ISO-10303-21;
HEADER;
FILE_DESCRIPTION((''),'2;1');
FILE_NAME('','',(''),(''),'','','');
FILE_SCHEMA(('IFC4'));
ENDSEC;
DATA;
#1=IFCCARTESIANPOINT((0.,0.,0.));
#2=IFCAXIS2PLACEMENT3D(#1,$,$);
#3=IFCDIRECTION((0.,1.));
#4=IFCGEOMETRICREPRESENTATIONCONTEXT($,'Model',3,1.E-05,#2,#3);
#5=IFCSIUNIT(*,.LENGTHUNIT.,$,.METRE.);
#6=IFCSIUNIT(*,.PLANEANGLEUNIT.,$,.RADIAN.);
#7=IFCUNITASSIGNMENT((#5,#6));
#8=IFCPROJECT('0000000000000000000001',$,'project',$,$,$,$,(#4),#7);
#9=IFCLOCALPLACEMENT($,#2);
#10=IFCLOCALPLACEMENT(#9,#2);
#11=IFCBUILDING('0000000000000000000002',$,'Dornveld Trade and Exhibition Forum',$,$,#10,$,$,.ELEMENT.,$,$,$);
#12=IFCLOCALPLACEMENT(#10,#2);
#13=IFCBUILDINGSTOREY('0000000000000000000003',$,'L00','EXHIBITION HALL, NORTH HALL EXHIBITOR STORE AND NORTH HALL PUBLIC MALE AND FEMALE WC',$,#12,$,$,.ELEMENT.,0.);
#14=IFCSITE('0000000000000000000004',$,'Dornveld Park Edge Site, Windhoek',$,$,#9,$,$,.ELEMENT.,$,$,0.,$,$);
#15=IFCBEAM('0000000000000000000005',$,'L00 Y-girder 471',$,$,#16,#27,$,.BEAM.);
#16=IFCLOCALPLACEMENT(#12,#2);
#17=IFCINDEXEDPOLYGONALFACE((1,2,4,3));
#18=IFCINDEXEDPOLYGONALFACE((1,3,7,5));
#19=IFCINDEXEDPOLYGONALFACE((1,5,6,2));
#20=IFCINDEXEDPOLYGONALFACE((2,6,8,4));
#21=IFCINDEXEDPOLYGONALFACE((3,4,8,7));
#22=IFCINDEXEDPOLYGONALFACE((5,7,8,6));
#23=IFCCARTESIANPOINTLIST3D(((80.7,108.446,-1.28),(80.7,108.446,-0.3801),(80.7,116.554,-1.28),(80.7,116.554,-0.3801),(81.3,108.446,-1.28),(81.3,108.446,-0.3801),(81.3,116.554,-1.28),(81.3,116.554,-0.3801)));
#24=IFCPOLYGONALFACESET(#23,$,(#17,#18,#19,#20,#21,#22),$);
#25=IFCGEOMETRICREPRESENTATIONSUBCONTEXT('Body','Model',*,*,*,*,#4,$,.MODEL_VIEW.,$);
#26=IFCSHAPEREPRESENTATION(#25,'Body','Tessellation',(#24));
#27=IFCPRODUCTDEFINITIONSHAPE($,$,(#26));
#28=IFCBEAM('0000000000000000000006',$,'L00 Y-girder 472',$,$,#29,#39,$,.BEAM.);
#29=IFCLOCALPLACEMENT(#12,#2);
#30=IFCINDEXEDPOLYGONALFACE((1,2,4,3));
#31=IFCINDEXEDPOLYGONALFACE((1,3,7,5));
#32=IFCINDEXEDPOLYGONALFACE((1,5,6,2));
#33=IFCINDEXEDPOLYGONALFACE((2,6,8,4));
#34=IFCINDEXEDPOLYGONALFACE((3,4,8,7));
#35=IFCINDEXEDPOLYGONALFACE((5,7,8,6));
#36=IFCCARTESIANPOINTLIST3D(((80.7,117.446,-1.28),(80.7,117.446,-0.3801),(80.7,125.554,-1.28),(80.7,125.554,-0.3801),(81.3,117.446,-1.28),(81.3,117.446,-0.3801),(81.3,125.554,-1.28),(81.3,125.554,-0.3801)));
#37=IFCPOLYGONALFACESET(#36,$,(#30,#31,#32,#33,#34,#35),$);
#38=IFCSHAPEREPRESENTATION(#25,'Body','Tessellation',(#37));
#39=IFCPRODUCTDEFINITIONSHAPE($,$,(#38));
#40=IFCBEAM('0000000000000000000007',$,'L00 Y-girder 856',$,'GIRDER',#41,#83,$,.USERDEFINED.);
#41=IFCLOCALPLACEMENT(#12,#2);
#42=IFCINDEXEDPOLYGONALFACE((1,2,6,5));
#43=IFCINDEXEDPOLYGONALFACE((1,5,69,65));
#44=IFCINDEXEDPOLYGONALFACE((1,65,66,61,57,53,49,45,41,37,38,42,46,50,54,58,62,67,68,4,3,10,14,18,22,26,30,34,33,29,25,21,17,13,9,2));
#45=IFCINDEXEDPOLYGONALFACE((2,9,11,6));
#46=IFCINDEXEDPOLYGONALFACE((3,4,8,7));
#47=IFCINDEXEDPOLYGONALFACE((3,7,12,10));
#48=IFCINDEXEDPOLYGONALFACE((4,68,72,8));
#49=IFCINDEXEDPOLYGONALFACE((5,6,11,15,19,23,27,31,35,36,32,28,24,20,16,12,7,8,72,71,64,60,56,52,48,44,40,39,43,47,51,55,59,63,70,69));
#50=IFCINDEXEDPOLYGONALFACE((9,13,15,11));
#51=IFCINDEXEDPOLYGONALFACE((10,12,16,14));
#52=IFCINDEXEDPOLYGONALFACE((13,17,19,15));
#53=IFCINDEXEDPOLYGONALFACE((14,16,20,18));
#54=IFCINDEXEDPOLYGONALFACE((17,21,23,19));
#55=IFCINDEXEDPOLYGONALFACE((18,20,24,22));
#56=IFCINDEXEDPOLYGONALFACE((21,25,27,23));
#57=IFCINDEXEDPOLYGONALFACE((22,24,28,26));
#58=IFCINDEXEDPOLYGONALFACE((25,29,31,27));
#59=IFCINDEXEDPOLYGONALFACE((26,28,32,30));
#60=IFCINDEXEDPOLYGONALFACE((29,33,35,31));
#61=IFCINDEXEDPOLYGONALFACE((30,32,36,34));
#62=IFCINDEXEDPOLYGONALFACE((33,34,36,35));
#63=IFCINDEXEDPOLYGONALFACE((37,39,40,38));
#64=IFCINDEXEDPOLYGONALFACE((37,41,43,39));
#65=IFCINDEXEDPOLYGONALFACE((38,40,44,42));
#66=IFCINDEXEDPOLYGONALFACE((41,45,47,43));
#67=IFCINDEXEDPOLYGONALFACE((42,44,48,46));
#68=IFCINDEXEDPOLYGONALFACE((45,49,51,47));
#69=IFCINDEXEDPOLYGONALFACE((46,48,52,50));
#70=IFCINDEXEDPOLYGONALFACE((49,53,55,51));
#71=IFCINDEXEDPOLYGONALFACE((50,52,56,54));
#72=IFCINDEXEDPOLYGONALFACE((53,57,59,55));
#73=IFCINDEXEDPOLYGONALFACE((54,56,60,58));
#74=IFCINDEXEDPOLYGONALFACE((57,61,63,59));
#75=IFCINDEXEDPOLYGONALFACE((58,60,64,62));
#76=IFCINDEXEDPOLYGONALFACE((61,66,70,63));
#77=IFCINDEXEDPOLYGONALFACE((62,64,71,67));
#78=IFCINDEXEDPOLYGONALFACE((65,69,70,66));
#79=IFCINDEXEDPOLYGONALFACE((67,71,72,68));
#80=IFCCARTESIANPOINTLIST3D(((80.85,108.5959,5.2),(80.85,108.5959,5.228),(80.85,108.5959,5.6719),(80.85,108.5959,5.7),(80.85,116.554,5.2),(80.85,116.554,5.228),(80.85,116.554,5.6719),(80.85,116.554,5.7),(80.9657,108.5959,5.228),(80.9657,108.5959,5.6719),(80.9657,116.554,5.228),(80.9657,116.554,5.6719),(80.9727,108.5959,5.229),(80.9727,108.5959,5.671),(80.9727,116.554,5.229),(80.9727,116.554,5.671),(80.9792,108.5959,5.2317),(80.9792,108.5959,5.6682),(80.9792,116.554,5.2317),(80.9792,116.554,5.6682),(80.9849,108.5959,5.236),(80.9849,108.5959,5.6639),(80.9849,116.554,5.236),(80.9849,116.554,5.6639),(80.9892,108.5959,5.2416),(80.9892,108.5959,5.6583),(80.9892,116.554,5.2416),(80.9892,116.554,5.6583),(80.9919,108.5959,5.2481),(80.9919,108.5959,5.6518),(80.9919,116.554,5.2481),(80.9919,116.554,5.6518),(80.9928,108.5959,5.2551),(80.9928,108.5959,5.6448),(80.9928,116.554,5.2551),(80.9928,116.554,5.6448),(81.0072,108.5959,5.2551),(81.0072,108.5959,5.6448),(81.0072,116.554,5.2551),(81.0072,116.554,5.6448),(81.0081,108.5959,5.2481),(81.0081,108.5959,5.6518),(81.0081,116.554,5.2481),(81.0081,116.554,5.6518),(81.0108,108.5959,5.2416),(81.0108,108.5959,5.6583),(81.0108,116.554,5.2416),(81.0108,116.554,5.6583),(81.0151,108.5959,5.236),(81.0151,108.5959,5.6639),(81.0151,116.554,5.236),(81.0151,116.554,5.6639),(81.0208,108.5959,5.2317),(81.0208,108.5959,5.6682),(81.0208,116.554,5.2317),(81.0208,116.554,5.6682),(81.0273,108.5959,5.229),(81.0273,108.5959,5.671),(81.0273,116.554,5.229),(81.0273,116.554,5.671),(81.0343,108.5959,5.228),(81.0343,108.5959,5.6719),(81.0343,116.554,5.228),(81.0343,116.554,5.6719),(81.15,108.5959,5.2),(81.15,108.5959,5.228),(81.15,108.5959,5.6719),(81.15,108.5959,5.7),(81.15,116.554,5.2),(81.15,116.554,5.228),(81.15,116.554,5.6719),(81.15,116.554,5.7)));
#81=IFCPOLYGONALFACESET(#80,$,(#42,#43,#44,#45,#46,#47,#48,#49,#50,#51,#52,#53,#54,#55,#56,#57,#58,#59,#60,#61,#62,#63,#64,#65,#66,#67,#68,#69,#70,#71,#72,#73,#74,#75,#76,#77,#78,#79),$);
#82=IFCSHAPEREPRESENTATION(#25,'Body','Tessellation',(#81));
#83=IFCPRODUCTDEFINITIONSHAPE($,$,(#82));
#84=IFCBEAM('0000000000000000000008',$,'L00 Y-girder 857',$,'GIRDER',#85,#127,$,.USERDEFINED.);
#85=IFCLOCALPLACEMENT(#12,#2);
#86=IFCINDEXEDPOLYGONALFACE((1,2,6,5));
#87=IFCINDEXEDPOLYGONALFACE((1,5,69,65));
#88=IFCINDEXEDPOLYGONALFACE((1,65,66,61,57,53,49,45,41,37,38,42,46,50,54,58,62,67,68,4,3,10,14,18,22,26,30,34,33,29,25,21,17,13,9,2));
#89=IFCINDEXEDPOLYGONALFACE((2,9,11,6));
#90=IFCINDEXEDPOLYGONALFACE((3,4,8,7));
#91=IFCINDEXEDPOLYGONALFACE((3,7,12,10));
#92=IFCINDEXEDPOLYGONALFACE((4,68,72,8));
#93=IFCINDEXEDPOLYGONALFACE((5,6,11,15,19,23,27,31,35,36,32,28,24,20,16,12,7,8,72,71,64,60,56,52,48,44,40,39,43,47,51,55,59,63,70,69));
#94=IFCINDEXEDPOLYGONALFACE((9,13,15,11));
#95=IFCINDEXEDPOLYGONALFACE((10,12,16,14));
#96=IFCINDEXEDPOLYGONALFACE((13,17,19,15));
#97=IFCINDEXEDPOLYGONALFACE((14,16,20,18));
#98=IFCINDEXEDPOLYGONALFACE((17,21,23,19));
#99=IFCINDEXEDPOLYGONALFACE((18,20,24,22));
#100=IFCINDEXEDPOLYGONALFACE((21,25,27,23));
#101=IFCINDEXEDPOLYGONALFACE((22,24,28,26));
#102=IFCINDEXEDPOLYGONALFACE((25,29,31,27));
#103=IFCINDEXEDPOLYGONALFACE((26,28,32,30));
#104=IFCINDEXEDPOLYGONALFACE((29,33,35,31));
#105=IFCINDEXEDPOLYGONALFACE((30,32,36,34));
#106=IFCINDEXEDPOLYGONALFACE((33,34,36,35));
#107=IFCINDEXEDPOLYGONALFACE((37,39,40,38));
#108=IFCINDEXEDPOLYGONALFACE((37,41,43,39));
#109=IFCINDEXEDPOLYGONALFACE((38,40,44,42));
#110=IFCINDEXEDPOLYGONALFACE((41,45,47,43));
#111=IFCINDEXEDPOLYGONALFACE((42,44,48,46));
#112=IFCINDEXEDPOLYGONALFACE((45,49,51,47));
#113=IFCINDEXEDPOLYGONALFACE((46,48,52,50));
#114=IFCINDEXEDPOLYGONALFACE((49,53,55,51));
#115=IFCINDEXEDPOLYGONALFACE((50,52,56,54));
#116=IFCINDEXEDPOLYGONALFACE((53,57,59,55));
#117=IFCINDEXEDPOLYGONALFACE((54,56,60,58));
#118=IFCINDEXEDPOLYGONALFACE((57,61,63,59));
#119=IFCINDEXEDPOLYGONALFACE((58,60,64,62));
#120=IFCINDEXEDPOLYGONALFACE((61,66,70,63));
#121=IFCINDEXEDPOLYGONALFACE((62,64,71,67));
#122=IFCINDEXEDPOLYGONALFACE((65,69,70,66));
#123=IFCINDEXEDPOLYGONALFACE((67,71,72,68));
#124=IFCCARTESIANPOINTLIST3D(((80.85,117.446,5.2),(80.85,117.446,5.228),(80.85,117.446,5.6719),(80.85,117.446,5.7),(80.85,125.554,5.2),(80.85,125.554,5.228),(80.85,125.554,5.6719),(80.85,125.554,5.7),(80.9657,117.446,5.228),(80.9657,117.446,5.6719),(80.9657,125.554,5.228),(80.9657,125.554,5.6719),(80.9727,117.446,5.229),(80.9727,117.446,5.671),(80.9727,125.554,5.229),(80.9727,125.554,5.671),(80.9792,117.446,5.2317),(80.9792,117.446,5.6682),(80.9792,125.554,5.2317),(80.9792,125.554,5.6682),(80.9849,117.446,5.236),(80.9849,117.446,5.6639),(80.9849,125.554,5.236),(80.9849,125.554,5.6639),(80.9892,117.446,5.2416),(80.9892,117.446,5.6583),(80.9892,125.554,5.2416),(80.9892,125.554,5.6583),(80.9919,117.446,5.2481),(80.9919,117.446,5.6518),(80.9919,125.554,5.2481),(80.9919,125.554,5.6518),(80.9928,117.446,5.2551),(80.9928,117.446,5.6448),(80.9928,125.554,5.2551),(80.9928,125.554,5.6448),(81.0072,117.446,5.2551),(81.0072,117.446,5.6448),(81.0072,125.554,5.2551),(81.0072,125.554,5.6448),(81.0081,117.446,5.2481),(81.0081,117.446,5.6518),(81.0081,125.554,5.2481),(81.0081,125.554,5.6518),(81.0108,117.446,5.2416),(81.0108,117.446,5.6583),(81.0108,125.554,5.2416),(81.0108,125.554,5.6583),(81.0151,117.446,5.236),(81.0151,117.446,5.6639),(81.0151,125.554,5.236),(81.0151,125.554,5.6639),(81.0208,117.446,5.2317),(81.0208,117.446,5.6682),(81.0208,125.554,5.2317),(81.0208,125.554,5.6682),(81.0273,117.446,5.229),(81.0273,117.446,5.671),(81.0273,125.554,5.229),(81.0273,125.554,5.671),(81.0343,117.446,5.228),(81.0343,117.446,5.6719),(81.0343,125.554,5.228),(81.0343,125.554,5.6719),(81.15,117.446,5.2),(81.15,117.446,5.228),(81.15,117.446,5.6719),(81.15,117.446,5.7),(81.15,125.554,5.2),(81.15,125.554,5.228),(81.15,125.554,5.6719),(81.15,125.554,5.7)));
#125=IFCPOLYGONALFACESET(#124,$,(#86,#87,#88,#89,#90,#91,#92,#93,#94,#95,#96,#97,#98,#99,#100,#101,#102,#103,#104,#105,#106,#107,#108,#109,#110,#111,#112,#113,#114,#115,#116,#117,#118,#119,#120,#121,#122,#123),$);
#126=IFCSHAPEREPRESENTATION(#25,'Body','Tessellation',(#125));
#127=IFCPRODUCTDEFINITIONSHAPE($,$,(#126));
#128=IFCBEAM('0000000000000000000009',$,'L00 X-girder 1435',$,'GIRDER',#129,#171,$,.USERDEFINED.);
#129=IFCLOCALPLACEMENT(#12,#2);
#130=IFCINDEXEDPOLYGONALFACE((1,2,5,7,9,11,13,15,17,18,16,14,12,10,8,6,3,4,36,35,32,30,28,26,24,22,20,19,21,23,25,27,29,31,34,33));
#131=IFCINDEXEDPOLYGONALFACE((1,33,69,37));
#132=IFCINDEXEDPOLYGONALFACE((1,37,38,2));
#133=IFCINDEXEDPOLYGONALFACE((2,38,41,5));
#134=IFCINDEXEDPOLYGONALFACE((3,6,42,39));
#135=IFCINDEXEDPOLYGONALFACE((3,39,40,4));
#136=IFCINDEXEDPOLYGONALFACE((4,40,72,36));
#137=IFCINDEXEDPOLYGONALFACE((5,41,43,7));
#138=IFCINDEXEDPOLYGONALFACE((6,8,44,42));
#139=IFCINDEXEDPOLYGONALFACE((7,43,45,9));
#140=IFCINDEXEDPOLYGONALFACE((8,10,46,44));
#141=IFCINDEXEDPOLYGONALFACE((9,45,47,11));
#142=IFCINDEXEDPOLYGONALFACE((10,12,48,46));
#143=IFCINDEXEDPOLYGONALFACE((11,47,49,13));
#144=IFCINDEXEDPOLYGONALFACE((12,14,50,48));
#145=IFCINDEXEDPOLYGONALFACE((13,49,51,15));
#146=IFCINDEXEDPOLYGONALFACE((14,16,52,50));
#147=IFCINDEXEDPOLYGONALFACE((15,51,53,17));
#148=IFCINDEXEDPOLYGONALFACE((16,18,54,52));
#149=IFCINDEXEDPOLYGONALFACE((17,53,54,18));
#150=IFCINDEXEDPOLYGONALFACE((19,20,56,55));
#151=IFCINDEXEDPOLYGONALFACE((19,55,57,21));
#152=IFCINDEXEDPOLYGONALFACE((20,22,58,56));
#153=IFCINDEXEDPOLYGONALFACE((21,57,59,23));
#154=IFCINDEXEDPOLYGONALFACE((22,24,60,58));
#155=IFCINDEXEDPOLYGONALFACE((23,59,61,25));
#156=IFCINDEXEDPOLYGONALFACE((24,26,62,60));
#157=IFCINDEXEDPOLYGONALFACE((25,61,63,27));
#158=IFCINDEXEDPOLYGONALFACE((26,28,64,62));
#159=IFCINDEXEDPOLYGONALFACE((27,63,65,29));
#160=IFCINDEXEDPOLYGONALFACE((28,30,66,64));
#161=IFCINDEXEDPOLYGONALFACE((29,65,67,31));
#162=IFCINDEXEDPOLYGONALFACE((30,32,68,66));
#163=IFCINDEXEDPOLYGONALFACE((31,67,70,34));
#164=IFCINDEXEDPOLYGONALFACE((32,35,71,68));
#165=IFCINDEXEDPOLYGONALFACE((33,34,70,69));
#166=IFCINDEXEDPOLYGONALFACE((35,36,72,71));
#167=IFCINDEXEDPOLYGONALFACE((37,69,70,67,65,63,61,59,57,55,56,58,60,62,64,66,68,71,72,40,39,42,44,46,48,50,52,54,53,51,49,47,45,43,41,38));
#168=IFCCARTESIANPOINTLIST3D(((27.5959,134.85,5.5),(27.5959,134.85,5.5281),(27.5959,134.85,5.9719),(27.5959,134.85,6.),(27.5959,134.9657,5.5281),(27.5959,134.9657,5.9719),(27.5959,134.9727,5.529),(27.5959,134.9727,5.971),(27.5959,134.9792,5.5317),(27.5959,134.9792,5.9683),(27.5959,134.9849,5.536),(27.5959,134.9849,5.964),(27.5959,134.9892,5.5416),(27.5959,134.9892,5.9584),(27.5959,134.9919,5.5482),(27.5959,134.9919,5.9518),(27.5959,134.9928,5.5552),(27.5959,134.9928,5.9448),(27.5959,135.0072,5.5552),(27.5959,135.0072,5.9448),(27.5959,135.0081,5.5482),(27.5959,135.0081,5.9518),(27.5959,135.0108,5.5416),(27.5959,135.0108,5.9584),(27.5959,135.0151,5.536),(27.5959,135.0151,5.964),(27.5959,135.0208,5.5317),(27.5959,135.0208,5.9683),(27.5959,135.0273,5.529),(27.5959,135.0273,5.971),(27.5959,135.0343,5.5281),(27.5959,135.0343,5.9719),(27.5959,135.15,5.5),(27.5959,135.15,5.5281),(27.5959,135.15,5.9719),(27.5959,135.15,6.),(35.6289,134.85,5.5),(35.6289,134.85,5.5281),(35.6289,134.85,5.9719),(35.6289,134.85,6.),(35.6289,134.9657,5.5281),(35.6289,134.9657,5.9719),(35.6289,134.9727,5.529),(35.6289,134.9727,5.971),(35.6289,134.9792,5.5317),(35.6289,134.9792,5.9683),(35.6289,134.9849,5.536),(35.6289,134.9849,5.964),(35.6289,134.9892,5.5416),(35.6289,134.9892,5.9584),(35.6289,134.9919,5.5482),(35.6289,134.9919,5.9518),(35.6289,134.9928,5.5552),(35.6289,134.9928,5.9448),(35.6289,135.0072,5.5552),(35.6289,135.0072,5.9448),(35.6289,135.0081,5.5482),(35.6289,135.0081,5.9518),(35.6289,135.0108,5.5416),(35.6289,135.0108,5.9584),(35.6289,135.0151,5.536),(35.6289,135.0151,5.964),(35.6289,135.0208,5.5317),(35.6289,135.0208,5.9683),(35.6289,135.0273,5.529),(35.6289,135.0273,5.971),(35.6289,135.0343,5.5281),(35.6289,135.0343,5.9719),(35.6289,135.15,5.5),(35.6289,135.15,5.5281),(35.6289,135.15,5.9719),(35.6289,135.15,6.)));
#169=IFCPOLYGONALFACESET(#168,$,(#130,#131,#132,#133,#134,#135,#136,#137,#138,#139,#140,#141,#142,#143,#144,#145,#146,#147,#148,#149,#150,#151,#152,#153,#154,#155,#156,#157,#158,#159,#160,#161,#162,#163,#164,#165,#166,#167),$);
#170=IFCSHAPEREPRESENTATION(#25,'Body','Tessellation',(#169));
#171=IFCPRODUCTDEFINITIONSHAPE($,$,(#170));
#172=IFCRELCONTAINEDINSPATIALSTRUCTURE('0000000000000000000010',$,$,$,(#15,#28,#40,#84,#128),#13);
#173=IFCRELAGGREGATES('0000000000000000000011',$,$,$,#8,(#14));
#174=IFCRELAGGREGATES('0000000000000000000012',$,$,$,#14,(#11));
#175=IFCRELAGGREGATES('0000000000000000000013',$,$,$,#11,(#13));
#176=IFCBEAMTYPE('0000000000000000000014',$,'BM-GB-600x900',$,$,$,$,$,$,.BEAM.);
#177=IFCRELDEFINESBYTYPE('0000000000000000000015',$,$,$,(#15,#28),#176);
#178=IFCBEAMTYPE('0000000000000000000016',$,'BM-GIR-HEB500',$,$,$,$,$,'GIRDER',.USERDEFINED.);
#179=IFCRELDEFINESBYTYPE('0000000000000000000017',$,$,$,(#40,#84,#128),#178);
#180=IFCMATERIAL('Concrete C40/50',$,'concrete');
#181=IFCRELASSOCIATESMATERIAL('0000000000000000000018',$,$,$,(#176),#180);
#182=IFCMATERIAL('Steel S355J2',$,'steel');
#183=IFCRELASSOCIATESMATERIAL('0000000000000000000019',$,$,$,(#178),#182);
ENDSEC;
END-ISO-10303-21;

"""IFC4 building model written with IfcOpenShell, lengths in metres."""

from ifc_helpers import new_model, si_unit, direction, frame, origin, origin_2d, place, context, subcontext, project, spatial, rectangle, i_section, extrude, material, material_profile, profile_set, type_object, element, save


model = new_model("IFC4")

# Units and contexts
model_context = context("Model", 3, precision=1e-05, world=origin(), true_north=direction((0.0, 1.0)))
body_context = subcontext(model_context, "Body", "Model", "MODEL_VIEW")
ifc_project = project(units=[si_unit("LENGTHUNIT", "METRE"), si_unit("PLANEANGLEUNIT", "RADIAN")], contexts=[model_context])

# Site, building, storey
site_placement = place(None, origin())
site = spatial("IfcSite", under=ifc_project, at=site_placement, Name="Dornveld Park Edge Site, Windhoek", CompositionType="ELEMENT", RefElevation=0.0)
building_placement = place(site_placement, origin())
building = spatial("IfcBuilding", under=site, at=building_placement, Name="Dornveld Trade and Exhibition Forum", CompositionType="ELEMENT")
storey_placement = place(building_placement, origin())
storey = spatial("IfcBuildingStorey", under=building, at=storey_placement, Name="L00", Description="EXHIBITION HALL, NORTH HALL EXHIBITOR STORE AND NORTH HALL PUBLIC MALE AND FEMALE WC", CompositionType="ELEMENT", Elevation=0.0)

# Beams
ifc_material_1 = material(Name="Concrete C40/50", Category="concrete")
ifc_material_profile_1 = material_profile(ifc_material_1, rectangle(XDim=0.6001, YDim=0.8999, at=origin_2d()), Name="RC-GB 600x900")
ifc_profile_set_1 = profile_set([ifc_material_profile_1], Name="Concrete C40/50")
beam_type_1 = type_object("IfcBeamType", Name="BM-GB-600x900", PredefinedType="BEAM", material=ifc_profile_set_1)
for number, where, z_axis, x_axis, name in (
    (1, (81.0, 108.446, -0.8301), (0.0, 1.0, 0.0), (-1.0, 0.0, 0.0), "L00 Y-girder 471"),
    (2, (81.0, 117.446, -0.8301), (0.0, 1.0, 0.0), (-1.0, 0.0, 0.0), "L00 Y-girder 472"),
):
    element("IfcBeam", number, at=place(storey_placement, frame(where, z_axis=z_axis, x_axis=x_axis)), inside=storey, type_object=beam_type_1, Name=name, PredefinedType="BEAM", context=body_context, shape_type="SweptSolid", body=[
        extrude(rectangle(XDim=0.6001, YDim=0.8999, at=origin_2d()), origin(), (0.0, 0.0, 1.0), 8.1079),
    ])
ifc_material_2 = material(Name="Steel S355J2", Category="steel")
ifc_material_profile_2 = material_profile(ifc_material_2, i_section(OverallWidth=0.3, OverallDepth=0.5, WebThickness=0.0144, FlangeThickness=0.0281, FilletRadius=0.0271, at=origin_2d()), Name="HEB 500")
ifc_profile_set_2 = profile_set([ifc_material_profile_2], Name="Steel S355J2")
beam_type_2 = type_object("IfcBeamType", Name="BM-GIR-HEB500", ElementType="GIRDER", PredefinedType="USERDEFINED", material=ifc_profile_set_2)
beam_1_placement = place(storey_placement, frame((81.0, 108.5959, 5.45), z_axis=(0.0, 1.0, 0.0), x_axis=(-1.0, 0.0, 0.0)))
element("IfcBeam", 3, at=beam_1_placement, inside=storey, type_object=beam_type_2, Name="L00 Y-girder 856", ObjectType="GIRDER", PredefinedType="USERDEFINED", context=body_context, shape_type="SweptSolid", body=[
    extrude(i_section(OverallWidth=0.3, OverallDepth=0.5, WebThickness=0.0144, FlangeThickness=0.0281, FilletRadius=0.0271, at=origin_2d()), origin(), (0.0, 0.0, 1.0), 7.958),
])
beam_2_placement = place(storey_placement, frame((81.0, 117.446, 5.45), z_axis=(0.0, 1.0, 0.0), x_axis=(-1.0, 0.0, 0.0)))
element("IfcBeam", 4, at=beam_2_placement, inside=storey, type_object=beam_type_2, Name="L00 Y-girder 857", ObjectType="GIRDER", PredefinedType="USERDEFINED", context=body_context, shape_type="SweptSolid", body=[
    extrude(i_section(OverallWidth=0.3, OverallDepth=0.5, WebThickness=0.0144, FlangeThickness=0.0281, FilletRadius=0.0271, at=origin_2d()), origin(), (0.0, 0.0, 1.0), 8.1079),
])
beam_3_placement = place(storey_placement, frame((27.5959, 135.0, 5.75), z_axis=(1.0, 0.0, 0.0), x_axis=(0.0, 1.0, 0.0)))
element("IfcBeam", 5, at=beam_3_placement, inside=storey, type_object=beam_type_2, Name="L00 X-girder 1435", ObjectType="GIRDER", PredefinedType="USERDEFINED", context=body_context, shape_type="SweptSolid", body=[
    extrude(i_section(OverallWidth=0.3, OverallDepth=0.5, WebThickness=0.0144, FlangeThickness=0.0281, FilletRadius=0.0271, at=origin_2d()), origin(), (0.0, 0.0, 1.0), 8.033),
])

save(model, "model.ifc")
